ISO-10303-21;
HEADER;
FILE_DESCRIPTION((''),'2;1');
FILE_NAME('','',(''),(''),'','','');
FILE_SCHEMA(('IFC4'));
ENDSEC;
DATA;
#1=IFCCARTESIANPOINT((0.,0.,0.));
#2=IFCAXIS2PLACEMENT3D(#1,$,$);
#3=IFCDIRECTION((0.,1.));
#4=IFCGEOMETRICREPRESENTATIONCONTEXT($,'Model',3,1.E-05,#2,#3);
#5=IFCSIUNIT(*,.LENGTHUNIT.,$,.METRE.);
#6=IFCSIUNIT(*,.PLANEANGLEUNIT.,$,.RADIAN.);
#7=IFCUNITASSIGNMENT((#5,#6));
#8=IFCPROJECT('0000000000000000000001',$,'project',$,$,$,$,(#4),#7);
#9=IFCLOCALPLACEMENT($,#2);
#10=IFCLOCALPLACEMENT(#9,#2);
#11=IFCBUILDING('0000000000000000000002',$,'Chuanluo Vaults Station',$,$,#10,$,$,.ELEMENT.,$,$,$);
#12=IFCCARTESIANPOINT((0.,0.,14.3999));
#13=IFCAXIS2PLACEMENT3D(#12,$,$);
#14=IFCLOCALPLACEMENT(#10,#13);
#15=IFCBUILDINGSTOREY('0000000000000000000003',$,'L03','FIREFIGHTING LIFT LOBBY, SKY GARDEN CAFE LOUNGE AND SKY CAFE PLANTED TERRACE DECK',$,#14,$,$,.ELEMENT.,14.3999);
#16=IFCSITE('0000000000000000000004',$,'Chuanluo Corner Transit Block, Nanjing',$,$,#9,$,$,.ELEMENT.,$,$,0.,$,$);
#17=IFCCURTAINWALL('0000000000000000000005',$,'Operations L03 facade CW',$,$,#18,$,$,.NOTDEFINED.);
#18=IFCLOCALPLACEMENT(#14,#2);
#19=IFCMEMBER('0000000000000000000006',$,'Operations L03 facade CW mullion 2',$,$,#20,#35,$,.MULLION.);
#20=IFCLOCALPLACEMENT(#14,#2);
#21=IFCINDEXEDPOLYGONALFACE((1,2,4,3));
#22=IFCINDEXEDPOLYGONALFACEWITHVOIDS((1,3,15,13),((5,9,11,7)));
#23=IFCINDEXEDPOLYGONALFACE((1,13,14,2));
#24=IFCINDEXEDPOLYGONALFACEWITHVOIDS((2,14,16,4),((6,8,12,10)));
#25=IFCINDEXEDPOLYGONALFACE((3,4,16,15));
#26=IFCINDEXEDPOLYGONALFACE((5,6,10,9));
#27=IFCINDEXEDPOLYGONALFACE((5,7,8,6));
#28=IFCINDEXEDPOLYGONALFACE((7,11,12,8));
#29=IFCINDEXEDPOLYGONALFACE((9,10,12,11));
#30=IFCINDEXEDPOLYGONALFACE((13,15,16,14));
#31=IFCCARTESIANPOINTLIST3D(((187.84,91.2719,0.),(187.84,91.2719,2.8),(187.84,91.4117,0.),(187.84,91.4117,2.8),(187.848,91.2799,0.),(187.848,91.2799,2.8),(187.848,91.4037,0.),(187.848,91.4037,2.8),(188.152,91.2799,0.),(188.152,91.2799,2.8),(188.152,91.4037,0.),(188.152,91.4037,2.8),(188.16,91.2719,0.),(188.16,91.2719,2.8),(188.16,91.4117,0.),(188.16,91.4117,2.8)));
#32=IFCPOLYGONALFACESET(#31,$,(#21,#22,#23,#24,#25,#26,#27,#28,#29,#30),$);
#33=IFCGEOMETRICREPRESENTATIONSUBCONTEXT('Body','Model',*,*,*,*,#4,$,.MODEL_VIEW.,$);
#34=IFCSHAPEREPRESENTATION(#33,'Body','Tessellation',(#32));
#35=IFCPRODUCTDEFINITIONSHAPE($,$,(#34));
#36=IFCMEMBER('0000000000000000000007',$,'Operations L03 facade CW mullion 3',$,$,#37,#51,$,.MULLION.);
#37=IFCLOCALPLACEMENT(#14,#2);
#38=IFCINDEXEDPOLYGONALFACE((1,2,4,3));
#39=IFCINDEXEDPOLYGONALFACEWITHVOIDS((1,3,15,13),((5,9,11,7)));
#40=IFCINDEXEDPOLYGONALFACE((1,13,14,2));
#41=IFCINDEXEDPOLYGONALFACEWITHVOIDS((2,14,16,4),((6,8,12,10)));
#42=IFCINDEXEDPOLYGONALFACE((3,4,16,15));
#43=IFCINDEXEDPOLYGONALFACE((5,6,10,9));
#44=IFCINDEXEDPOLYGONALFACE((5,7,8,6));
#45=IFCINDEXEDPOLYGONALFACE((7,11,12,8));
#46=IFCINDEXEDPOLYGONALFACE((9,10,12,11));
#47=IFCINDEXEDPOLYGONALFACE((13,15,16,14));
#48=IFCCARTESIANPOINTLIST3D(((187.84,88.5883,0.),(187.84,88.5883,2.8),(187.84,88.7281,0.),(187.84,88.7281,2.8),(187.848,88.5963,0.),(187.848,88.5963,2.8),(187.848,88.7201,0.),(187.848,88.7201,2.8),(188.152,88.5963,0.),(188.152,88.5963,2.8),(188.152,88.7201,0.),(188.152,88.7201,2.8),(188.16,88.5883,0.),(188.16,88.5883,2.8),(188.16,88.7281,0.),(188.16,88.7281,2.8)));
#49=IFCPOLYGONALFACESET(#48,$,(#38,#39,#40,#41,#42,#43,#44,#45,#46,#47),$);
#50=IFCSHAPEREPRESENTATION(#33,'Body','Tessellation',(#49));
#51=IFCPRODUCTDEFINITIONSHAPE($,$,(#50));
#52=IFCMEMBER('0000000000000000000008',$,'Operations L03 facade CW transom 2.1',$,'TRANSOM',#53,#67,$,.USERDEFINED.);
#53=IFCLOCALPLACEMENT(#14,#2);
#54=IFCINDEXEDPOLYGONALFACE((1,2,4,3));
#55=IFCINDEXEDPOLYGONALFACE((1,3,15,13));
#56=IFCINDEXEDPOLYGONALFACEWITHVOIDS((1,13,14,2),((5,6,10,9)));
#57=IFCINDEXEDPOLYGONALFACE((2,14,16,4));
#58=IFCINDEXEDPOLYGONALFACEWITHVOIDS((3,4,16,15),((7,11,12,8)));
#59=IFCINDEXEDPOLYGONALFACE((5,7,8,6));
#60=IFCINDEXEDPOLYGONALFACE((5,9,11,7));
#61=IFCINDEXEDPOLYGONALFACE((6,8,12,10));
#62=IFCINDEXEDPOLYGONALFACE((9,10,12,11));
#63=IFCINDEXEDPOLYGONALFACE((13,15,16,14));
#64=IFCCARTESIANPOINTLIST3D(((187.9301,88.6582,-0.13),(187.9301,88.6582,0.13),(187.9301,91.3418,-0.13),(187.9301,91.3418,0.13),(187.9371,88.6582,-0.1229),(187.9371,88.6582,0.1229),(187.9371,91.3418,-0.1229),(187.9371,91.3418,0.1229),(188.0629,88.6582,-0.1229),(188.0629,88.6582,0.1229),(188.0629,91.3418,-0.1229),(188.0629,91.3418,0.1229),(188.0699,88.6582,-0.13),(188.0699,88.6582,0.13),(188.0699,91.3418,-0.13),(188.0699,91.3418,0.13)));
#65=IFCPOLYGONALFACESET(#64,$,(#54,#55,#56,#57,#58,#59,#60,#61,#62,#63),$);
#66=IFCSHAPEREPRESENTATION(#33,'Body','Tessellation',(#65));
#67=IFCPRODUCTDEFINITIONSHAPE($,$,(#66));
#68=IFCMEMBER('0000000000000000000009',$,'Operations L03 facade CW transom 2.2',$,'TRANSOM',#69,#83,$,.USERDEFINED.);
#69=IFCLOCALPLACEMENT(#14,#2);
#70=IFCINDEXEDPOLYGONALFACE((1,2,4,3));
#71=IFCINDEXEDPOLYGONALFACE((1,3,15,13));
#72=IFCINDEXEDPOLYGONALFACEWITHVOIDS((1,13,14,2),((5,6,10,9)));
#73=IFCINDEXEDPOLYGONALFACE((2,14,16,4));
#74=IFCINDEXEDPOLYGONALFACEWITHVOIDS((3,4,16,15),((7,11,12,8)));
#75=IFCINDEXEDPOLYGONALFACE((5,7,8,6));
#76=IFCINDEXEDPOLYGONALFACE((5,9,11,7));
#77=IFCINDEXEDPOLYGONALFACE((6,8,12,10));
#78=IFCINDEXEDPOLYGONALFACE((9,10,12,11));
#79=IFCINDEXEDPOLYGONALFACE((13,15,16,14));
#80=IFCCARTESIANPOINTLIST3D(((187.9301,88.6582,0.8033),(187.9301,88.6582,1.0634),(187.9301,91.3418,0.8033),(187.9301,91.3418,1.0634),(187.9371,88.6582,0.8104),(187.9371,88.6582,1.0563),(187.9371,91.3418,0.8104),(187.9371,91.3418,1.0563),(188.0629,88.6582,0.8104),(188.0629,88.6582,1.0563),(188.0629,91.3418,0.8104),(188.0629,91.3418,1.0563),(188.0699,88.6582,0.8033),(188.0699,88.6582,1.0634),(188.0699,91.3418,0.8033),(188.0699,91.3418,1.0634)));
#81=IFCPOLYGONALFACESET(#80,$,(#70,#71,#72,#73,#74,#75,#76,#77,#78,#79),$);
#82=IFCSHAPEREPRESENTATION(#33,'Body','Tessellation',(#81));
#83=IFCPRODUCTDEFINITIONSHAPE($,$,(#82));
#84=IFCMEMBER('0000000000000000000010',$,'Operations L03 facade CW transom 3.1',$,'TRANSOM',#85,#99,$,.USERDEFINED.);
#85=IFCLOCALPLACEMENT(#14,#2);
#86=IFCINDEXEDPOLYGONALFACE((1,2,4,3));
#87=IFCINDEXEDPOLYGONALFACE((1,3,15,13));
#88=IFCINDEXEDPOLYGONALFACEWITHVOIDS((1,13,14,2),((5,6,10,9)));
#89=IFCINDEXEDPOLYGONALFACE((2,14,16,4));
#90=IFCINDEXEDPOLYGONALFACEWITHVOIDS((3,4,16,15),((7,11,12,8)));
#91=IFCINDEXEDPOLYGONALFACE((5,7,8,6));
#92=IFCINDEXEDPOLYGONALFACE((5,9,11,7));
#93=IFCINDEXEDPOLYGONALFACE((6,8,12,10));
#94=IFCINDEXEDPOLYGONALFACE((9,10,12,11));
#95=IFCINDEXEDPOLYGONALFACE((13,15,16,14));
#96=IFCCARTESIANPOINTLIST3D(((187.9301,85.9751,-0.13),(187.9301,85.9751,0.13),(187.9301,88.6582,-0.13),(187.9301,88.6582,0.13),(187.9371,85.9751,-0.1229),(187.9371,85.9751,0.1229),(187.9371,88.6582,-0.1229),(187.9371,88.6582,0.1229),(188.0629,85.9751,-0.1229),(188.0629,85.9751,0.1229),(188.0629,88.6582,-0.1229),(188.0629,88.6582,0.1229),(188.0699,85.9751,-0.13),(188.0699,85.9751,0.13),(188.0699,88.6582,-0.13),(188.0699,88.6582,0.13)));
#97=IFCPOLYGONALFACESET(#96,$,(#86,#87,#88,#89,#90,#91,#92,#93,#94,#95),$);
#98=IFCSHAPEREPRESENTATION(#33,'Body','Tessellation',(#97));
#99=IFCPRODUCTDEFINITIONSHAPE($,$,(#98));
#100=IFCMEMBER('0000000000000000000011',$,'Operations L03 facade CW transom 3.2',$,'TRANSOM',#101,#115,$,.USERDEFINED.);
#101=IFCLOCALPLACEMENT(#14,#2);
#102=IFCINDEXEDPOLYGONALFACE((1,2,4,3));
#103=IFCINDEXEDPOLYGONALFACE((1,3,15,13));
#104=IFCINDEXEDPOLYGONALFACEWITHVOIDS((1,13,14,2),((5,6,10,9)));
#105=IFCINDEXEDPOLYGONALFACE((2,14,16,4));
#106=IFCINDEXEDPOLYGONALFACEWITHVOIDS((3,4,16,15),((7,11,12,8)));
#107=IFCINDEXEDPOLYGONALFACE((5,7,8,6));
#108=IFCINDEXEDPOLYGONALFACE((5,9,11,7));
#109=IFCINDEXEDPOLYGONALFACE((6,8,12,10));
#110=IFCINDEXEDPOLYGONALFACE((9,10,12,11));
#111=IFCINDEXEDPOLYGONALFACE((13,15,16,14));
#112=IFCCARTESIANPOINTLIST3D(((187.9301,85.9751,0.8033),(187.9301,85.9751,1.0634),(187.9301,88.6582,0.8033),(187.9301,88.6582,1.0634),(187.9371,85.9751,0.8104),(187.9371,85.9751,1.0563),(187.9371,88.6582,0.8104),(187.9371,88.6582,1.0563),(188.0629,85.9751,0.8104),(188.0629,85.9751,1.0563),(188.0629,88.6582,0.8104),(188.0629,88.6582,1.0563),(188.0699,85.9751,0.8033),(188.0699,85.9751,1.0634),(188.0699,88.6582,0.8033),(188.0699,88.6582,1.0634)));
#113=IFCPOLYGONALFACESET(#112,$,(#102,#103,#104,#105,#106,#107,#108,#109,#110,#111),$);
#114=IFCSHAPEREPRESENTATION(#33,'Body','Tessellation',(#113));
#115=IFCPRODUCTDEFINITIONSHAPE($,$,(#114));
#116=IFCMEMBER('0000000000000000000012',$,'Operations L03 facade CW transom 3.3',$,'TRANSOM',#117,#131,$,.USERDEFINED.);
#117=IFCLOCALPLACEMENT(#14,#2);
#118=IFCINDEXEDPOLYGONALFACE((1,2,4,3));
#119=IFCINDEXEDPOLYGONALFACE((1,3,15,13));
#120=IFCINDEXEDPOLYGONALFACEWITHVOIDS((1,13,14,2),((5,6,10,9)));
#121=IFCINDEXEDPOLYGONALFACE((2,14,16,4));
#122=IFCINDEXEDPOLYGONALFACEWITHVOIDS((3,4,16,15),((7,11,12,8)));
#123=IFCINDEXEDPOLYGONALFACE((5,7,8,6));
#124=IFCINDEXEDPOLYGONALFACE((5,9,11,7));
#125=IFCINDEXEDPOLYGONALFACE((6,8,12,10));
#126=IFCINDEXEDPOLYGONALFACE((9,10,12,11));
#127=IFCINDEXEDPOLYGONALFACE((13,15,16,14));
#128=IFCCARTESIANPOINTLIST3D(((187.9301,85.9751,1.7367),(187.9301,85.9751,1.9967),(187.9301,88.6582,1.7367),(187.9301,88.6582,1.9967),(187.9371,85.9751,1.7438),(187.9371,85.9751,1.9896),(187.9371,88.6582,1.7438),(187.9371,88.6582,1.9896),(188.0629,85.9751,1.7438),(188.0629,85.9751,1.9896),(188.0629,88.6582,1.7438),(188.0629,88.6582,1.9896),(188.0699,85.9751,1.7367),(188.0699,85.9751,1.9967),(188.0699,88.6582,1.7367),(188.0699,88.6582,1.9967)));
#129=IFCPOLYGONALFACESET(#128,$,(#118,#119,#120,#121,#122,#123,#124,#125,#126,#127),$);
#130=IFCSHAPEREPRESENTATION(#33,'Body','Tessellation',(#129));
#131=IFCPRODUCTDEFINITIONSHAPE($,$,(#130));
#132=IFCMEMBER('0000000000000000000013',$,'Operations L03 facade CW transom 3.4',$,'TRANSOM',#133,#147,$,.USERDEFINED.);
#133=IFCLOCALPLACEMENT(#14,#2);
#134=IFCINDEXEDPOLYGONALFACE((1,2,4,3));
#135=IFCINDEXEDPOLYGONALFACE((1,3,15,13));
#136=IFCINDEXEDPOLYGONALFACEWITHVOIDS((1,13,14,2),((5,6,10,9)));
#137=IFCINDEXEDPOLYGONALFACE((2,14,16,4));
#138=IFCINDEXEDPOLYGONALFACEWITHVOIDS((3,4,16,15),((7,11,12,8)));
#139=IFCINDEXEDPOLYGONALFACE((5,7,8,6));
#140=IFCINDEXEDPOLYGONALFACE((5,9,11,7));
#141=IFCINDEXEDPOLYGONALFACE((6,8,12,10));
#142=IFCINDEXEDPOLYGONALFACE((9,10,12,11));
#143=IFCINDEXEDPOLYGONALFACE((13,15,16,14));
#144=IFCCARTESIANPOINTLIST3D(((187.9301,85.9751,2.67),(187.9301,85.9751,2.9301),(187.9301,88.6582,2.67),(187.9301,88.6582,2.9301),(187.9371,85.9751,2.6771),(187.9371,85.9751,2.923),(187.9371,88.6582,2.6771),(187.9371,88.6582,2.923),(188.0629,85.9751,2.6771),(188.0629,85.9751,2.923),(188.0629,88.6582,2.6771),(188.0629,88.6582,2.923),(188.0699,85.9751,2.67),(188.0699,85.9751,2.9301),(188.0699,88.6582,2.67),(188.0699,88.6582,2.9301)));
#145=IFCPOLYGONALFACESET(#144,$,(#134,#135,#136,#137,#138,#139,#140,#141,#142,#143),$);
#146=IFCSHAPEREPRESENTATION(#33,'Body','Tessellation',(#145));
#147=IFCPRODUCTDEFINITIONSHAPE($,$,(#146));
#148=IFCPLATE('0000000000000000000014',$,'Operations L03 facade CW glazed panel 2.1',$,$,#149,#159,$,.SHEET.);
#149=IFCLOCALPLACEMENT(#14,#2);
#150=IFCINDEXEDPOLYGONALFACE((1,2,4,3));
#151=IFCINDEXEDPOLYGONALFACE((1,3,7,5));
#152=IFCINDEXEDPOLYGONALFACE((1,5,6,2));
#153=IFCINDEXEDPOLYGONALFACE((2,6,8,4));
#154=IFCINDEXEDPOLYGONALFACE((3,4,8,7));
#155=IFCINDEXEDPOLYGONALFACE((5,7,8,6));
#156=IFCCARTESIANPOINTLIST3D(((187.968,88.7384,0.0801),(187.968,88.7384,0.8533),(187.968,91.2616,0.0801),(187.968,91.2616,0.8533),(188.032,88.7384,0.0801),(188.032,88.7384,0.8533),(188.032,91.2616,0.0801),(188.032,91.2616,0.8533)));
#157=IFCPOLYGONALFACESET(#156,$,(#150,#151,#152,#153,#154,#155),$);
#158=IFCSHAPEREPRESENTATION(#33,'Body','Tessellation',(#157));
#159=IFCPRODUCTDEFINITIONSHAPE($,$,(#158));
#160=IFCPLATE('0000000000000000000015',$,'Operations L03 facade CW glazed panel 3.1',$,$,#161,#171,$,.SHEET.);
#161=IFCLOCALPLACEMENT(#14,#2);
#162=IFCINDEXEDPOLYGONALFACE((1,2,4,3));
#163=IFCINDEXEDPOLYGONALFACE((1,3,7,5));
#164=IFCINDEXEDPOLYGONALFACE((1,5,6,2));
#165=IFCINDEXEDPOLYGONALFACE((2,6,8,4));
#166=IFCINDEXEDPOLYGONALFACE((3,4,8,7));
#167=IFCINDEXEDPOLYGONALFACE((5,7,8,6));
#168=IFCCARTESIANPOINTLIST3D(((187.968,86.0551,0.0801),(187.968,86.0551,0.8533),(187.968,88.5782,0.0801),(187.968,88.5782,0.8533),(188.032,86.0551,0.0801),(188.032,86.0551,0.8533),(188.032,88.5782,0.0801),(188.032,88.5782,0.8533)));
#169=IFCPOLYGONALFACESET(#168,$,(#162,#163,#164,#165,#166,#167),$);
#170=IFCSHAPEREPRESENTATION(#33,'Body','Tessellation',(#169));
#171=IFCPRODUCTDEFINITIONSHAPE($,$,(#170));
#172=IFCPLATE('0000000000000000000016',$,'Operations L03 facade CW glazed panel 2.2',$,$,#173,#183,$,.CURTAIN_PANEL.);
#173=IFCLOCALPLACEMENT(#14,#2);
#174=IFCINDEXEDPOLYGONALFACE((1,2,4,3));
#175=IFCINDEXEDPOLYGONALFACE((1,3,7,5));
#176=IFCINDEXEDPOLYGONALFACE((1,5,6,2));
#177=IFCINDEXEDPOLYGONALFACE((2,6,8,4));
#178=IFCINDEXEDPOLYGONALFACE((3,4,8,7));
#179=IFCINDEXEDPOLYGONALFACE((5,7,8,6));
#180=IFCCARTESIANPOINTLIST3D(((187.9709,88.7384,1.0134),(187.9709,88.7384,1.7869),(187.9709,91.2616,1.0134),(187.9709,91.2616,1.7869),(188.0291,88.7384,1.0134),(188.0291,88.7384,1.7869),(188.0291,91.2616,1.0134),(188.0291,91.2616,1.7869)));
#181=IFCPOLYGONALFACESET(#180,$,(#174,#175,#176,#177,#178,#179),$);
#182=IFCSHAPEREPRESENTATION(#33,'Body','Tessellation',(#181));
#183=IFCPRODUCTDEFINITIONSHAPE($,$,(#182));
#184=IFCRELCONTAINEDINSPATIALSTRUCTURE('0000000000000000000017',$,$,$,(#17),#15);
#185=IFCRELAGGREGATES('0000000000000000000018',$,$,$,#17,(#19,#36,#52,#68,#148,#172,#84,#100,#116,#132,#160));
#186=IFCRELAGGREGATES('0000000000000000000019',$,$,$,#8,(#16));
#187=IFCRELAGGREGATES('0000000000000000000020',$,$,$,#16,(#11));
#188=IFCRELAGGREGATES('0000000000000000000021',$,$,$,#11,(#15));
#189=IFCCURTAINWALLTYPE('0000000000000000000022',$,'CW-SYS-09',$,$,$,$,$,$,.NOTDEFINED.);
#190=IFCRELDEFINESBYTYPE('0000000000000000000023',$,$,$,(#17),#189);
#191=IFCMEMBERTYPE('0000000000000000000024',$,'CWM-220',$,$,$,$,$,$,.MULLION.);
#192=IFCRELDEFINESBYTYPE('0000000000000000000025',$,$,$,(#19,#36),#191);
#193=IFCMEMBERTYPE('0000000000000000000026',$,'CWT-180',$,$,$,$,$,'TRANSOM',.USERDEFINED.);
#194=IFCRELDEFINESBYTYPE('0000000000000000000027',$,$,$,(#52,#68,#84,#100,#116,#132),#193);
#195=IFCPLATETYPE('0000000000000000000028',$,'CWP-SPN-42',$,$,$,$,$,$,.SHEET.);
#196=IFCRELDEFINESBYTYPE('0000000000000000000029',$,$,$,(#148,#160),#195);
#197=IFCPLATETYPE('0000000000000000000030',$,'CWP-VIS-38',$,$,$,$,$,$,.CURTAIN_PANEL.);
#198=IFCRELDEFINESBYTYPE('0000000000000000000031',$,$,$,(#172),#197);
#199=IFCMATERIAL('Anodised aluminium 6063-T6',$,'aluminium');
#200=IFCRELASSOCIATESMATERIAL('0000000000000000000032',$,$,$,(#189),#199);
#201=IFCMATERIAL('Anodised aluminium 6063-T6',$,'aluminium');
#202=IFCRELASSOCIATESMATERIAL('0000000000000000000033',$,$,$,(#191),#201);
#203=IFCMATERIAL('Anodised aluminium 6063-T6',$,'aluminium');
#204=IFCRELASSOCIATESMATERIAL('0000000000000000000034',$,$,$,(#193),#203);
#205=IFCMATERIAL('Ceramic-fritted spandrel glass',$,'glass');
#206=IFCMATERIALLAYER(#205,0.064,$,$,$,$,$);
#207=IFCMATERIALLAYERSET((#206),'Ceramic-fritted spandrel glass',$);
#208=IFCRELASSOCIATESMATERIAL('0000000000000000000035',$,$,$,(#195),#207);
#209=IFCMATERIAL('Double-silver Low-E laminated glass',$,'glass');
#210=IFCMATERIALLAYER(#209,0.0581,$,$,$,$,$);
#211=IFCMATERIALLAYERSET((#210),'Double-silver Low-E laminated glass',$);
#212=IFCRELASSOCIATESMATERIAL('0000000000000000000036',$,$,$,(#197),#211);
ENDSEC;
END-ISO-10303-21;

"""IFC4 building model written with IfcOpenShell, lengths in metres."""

from ifc_helpers import new_model, si_unit, direction, frame, origin, origin_2d, place, context, subcontext, project, spatial, rectangle, hollow_rectangle, extrude, material, layer, layer_set, material_profile, profile_set, type_object, element, aggregate, save


model = new_model("IFC4")

# Units and contexts
model_context = context("Model", 3, precision=1e-05, world=origin(), true_north=direction((0.0, 1.0)))
body_context = subcontext(model_context, "Body", "Model", "MODEL_VIEW")
ifc_project = project(units=[si_unit("LENGTHUNIT", "METRE"), si_unit("PLANEANGLEUNIT", "RADIAN")], contexts=[model_context])

# Site, building, storey
site_placement = place(None, origin())
site = spatial("IfcSite", under=ifc_project, at=site_placement, Name="Chuanluo Corner Transit Block, Nanjing", CompositionType="ELEMENT", RefElevation=0.0)
building_placement = place(site_placement, origin())
building = spatial("IfcBuilding", under=site, at=building_placement, Name="Chuanluo Vaults Station", CompositionType="ELEMENT")
storey_placement = place(building_placement, frame((0.0, 0.0, 14.3999)))
storey = spatial("IfcBuildingStorey", under=building, at=storey_placement, Name="L03", Description="FIREFIGHTING LIFT LOBBY, SKY GARDEN CAFE LOUNGE AND SKY CAFE PLANTED TERRACE DECK", CompositionType="ELEMENT", Elevation=14.3999)

# Curtain wall, members, plates
ifc_material_1 = material(Name="Anodised aluminium 6063-T6", Category="aluminium")
curtain_wall_type = type_object("IfcCurtainWallType", Name="CW-SYS-09", PredefinedType="NOTDEFINED", material=ifc_material_1)
curtain_wall_placement = place(storey_placement, origin())
curtain_wall = element("IfcCurtainWall", 1, at=curtain_wall_placement, inside=storey, type_object=curtain_wall_type, Name="Operations L03 facade CW", PredefinedType="NOTDEFINED")
ifc_material_2 = material(Name="Anodised aluminium 6063-T6", Category="aluminium")
ifc_material_profile_1 = material_profile(ifc_material_2, hollow_rectangle(XDim=0.1399, YDim=0.3201, WallThickness=0.0081, at=origin_2d()))
ifc_profile_set_1 = profile_set([ifc_material_profile_1], Name="Anodised aluminium 6063-T6")
member_type_1 = type_object("IfcMemberType", Name="CWM-220", PredefinedType="MULLION", material=ifc_profile_set_1)
member_1_placement = place(storey_placement, frame((188.0, 91.3418, 0.0), z_axis=(0.0, 0.0, 1.0), x_axis=(0.0, -1.0, 0.0)))
member_1 = element("IfcMember", 2, at=member_1_placement, type_object=member_type_1, Name="Operations L03 facade CW mullion 2", PredefinedType="MULLION", context=body_context, shape_type="SweptSolid", body=[
    extrude(hollow_rectangle(XDim=0.1399, YDim=0.3201, WallThickness=0.0081, at=origin_2d()), origin(), (0.0, 0.0, 1.0), 2.8),
])
member_2_placement = place(storey_placement, frame((188.0, 88.6582, 0.0), z_axis=(0.0, 0.0, 1.0), x_axis=(0.0, -1.0, 0.0)))
member_2 = element("IfcMember", 3, at=member_2_placement, type_object=member_type_1, Name="Operations L03 facade CW mullion 3", PredefinedType="MULLION", context=body_context, shape_type="SweptSolid", body=[
    extrude(hollow_rectangle(XDim=0.1399, YDim=0.3201, WallThickness=0.0081, at=origin_2d()), origin(), (0.0, 0.0, 1.0), 2.8),
])
ifc_material_3 = material(Name="Anodised aluminium 6063-T6", Category="aluminium")
ifc_material_profile_2 = material_profile(ifc_material_3, hollow_rectangle(XDim=0.1399, YDim=0.26, WallThickness=0.0071, at=origin_2d()))
ifc_profile_set_2 = profile_set([ifc_material_profile_2], Name="Anodised aluminium 6063-T6")
member_type_2 = type_object("IfcMemberType", Name="CWT-180", ElementType="TRANSOM", PredefinedType="USERDEFINED", material=ifc_profile_set_2)
member_3_placement = place(storey_placement, frame((188.0, 91.3418, 0.0), z_axis=(0.0, -1.0, 0.0), x_axis=(1.0, 0.0, 0.0)))
member_3 = element("IfcMember", 4, at=member_3_placement, type_object=member_type_2, Name="Operations L03 facade CW transom 2.1", ObjectType="TRANSOM", PredefinedType="USERDEFINED", context=body_context, shape_type="SweptSolid", body=[
    extrude(hollow_rectangle(XDim=0.1399, YDim=0.26, WallThickness=0.0071, at=origin_2d()), origin(), (0.0, 0.0, 1.0), 2.6836),
])
member_4_placement = place(storey_placement, frame((188.0, 91.3418, 0.9333), z_axis=(0.0, -1.0, 0.0), x_axis=(1.0, 0.0, 0.0)))
member_4 = element("IfcMember", 5, at=member_4_placement, type_object=member_type_2, Name="Operations L03 facade CW transom 2.2", ObjectType="TRANSOM", PredefinedType="USERDEFINED", context=body_context, shape_type="SweptSolid", body=[
    extrude(hollow_rectangle(XDim=0.1399, YDim=0.26, WallThickness=0.0071, at=origin_2d()), origin(), (0.0, 0.0, 1.0), 2.6836),
])
member_5_placement = place(storey_placement, frame((188.0, 88.6582, 0.0), z_axis=(0.0, -1.0, 0.0), x_axis=(1.0, 0.0, 0.0)))
member_5 = element("IfcMember", 6, at=member_5_placement, type_object=member_type_2, Name="Operations L03 facade CW transom 3.1", ObjectType="TRANSOM", PredefinedType="USERDEFINED", context=body_context, shape_type="SweptSolid", body=[
    extrude(hollow_rectangle(XDim=0.1399, YDim=0.26, WallThickness=0.0071, at=origin_2d()), origin(), (0.0, 0.0, 1.0), 2.6831),
])
member_6_placement = place(storey_placement, frame((188.0, 88.6582, 0.9333), z_axis=(0.0, -1.0, 0.0), x_axis=(1.0, 0.0, 0.0)))
member_6 = element("IfcMember", 7, at=member_6_placement, type_object=member_type_2, Name="Operations L03 facade CW transom 3.2", ObjectType="TRANSOM", PredefinedType="USERDEFINED", context=body_context, shape_type="SweptSolid", body=[
    extrude(hollow_rectangle(XDim=0.1399, YDim=0.26, WallThickness=0.0071, at=origin_2d()), origin(), (0.0, 0.0, 1.0), 2.6831),
])
member_7_placement = place(storey_placement, frame((188.0, 88.6582, 1.8667), z_axis=(0.0, -1.0, 0.0), x_axis=(1.0, 0.0, 0.0)))
member_7 = element("IfcMember", 8, at=member_7_placement, type_object=member_type_2, Name="Operations L03 facade CW transom 3.3", ObjectType="TRANSOM", PredefinedType="USERDEFINED", context=body_context, shape_type="SweptSolid", body=[
    extrude(hollow_rectangle(XDim=0.1399, YDim=0.26, WallThickness=0.0071, at=origin_2d()), origin(), (0.0, 0.0, 1.0), 2.6831),
])
member_8_placement = place(storey_placement, frame((188.0, 88.6582, 2.8), z_axis=(0.0, -1.0, 0.0), x_axis=(1.0, 0.0, 0.0)))
member_8 = element("IfcMember", 9, at=member_8_placement, type_object=member_type_2, Name="Operations L03 facade CW transom 3.4", ObjectType="TRANSOM", PredefinedType="USERDEFINED", context=body_context, shape_type="SweptSolid", body=[
    extrude(hollow_rectangle(XDim=0.1399, YDim=0.26, WallThickness=0.0071, at=origin_2d()), origin(), (0.0, 0.0, 1.0), 2.6831),
])
ifc_material_4 = material(Name="Ceramic-fritted spandrel glass", Category="glass")
ifc_layer_1 = layer(ifc_material_4, 0.064)
ifc_layer_set_1 = layer_set([ifc_layer_1], Name="Ceramic-fritted spandrel glass")
plate_type_1 = type_object("IfcPlateType", Name="CWP-SPN-42", PredefinedType="SHEET", material=ifc_layer_set_1)
plate_1_placement = place(storey_placement, frame((188.0, 90.0, 0.0801), z_axis=(0.0, 0.0, 1.0), x_axis=(0.0, -1.0, 0.0)))
plate_1 = element("IfcPlate", 10, at=plate_1_placement, type_object=plate_type_1, Name="Operations L03 facade CW glazed panel 2.1", PredefinedType="SHEET", context=body_context, shape_type="SweptSolid", body=[
    extrude(rectangle(XDim=2.5232, YDim=0.064, at=origin_2d()), origin(), (0.0, 0.0, 1.0), 0.7732),
])
plate_2_placement = place(storey_placement, frame((188.0, 87.3167, 0.0801), z_axis=(0.0, 0.0, 1.0), x_axis=(0.0, -1.0, 0.0)))
plate_2 = element("IfcPlate", 11, at=plate_2_placement, type_object=plate_type_1, Name="Operations L03 facade CW glazed panel 3.1", PredefinedType="SHEET", context=body_context, shape_type="SweptSolid", body=[
    extrude(rectangle(XDim=2.5232, YDim=0.064, at=origin_2d()), origin(), (0.0, 0.0, 1.0), 0.7732),
])
ifc_material_5 = material(Name="Double-silver Low-E laminated glass", Category="glass")
ifc_layer_2 = layer(ifc_material_5, 0.0581)
ifc_layer_set_2 = layer_set([ifc_layer_2], Name="Double-silver Low-E laminated glass")
plate_type_2 = type_object("IfcPlateType", Name="CWP-VIS-38", PredefinedType="CURTAIN_PANEL", material=ifc_layer_set_2)
plate_3_placement = place(storey_placement, frame((188.0, 90.0, 1.0134), z_axis=(0.0, 0.0, 1.0), x_axis=(0.0, -1.0, 0.0)))
plate_3 = element("IfcPlate", 12, at=plate_3_placement, type_object=plate_type_2, Name="Operations L03 facade CW glazed panel 2.2", PredefinedType="CURTAIN_PANEL", context=body_context, shape_type="SweptSolid", body=[
    extrude(rectangle(XDim=2.5232, YDim=0.0581, at=origin_2d()), origin(), (0.0, 0.0, 1.0), 0.7734),
])
aggregate(curtain_wall, [member_1, member_2, member_3, member_4, plate_1, plate_3, member_5, member_6, member_7, member_8, plate_2])

save(model, "model.ifc")
